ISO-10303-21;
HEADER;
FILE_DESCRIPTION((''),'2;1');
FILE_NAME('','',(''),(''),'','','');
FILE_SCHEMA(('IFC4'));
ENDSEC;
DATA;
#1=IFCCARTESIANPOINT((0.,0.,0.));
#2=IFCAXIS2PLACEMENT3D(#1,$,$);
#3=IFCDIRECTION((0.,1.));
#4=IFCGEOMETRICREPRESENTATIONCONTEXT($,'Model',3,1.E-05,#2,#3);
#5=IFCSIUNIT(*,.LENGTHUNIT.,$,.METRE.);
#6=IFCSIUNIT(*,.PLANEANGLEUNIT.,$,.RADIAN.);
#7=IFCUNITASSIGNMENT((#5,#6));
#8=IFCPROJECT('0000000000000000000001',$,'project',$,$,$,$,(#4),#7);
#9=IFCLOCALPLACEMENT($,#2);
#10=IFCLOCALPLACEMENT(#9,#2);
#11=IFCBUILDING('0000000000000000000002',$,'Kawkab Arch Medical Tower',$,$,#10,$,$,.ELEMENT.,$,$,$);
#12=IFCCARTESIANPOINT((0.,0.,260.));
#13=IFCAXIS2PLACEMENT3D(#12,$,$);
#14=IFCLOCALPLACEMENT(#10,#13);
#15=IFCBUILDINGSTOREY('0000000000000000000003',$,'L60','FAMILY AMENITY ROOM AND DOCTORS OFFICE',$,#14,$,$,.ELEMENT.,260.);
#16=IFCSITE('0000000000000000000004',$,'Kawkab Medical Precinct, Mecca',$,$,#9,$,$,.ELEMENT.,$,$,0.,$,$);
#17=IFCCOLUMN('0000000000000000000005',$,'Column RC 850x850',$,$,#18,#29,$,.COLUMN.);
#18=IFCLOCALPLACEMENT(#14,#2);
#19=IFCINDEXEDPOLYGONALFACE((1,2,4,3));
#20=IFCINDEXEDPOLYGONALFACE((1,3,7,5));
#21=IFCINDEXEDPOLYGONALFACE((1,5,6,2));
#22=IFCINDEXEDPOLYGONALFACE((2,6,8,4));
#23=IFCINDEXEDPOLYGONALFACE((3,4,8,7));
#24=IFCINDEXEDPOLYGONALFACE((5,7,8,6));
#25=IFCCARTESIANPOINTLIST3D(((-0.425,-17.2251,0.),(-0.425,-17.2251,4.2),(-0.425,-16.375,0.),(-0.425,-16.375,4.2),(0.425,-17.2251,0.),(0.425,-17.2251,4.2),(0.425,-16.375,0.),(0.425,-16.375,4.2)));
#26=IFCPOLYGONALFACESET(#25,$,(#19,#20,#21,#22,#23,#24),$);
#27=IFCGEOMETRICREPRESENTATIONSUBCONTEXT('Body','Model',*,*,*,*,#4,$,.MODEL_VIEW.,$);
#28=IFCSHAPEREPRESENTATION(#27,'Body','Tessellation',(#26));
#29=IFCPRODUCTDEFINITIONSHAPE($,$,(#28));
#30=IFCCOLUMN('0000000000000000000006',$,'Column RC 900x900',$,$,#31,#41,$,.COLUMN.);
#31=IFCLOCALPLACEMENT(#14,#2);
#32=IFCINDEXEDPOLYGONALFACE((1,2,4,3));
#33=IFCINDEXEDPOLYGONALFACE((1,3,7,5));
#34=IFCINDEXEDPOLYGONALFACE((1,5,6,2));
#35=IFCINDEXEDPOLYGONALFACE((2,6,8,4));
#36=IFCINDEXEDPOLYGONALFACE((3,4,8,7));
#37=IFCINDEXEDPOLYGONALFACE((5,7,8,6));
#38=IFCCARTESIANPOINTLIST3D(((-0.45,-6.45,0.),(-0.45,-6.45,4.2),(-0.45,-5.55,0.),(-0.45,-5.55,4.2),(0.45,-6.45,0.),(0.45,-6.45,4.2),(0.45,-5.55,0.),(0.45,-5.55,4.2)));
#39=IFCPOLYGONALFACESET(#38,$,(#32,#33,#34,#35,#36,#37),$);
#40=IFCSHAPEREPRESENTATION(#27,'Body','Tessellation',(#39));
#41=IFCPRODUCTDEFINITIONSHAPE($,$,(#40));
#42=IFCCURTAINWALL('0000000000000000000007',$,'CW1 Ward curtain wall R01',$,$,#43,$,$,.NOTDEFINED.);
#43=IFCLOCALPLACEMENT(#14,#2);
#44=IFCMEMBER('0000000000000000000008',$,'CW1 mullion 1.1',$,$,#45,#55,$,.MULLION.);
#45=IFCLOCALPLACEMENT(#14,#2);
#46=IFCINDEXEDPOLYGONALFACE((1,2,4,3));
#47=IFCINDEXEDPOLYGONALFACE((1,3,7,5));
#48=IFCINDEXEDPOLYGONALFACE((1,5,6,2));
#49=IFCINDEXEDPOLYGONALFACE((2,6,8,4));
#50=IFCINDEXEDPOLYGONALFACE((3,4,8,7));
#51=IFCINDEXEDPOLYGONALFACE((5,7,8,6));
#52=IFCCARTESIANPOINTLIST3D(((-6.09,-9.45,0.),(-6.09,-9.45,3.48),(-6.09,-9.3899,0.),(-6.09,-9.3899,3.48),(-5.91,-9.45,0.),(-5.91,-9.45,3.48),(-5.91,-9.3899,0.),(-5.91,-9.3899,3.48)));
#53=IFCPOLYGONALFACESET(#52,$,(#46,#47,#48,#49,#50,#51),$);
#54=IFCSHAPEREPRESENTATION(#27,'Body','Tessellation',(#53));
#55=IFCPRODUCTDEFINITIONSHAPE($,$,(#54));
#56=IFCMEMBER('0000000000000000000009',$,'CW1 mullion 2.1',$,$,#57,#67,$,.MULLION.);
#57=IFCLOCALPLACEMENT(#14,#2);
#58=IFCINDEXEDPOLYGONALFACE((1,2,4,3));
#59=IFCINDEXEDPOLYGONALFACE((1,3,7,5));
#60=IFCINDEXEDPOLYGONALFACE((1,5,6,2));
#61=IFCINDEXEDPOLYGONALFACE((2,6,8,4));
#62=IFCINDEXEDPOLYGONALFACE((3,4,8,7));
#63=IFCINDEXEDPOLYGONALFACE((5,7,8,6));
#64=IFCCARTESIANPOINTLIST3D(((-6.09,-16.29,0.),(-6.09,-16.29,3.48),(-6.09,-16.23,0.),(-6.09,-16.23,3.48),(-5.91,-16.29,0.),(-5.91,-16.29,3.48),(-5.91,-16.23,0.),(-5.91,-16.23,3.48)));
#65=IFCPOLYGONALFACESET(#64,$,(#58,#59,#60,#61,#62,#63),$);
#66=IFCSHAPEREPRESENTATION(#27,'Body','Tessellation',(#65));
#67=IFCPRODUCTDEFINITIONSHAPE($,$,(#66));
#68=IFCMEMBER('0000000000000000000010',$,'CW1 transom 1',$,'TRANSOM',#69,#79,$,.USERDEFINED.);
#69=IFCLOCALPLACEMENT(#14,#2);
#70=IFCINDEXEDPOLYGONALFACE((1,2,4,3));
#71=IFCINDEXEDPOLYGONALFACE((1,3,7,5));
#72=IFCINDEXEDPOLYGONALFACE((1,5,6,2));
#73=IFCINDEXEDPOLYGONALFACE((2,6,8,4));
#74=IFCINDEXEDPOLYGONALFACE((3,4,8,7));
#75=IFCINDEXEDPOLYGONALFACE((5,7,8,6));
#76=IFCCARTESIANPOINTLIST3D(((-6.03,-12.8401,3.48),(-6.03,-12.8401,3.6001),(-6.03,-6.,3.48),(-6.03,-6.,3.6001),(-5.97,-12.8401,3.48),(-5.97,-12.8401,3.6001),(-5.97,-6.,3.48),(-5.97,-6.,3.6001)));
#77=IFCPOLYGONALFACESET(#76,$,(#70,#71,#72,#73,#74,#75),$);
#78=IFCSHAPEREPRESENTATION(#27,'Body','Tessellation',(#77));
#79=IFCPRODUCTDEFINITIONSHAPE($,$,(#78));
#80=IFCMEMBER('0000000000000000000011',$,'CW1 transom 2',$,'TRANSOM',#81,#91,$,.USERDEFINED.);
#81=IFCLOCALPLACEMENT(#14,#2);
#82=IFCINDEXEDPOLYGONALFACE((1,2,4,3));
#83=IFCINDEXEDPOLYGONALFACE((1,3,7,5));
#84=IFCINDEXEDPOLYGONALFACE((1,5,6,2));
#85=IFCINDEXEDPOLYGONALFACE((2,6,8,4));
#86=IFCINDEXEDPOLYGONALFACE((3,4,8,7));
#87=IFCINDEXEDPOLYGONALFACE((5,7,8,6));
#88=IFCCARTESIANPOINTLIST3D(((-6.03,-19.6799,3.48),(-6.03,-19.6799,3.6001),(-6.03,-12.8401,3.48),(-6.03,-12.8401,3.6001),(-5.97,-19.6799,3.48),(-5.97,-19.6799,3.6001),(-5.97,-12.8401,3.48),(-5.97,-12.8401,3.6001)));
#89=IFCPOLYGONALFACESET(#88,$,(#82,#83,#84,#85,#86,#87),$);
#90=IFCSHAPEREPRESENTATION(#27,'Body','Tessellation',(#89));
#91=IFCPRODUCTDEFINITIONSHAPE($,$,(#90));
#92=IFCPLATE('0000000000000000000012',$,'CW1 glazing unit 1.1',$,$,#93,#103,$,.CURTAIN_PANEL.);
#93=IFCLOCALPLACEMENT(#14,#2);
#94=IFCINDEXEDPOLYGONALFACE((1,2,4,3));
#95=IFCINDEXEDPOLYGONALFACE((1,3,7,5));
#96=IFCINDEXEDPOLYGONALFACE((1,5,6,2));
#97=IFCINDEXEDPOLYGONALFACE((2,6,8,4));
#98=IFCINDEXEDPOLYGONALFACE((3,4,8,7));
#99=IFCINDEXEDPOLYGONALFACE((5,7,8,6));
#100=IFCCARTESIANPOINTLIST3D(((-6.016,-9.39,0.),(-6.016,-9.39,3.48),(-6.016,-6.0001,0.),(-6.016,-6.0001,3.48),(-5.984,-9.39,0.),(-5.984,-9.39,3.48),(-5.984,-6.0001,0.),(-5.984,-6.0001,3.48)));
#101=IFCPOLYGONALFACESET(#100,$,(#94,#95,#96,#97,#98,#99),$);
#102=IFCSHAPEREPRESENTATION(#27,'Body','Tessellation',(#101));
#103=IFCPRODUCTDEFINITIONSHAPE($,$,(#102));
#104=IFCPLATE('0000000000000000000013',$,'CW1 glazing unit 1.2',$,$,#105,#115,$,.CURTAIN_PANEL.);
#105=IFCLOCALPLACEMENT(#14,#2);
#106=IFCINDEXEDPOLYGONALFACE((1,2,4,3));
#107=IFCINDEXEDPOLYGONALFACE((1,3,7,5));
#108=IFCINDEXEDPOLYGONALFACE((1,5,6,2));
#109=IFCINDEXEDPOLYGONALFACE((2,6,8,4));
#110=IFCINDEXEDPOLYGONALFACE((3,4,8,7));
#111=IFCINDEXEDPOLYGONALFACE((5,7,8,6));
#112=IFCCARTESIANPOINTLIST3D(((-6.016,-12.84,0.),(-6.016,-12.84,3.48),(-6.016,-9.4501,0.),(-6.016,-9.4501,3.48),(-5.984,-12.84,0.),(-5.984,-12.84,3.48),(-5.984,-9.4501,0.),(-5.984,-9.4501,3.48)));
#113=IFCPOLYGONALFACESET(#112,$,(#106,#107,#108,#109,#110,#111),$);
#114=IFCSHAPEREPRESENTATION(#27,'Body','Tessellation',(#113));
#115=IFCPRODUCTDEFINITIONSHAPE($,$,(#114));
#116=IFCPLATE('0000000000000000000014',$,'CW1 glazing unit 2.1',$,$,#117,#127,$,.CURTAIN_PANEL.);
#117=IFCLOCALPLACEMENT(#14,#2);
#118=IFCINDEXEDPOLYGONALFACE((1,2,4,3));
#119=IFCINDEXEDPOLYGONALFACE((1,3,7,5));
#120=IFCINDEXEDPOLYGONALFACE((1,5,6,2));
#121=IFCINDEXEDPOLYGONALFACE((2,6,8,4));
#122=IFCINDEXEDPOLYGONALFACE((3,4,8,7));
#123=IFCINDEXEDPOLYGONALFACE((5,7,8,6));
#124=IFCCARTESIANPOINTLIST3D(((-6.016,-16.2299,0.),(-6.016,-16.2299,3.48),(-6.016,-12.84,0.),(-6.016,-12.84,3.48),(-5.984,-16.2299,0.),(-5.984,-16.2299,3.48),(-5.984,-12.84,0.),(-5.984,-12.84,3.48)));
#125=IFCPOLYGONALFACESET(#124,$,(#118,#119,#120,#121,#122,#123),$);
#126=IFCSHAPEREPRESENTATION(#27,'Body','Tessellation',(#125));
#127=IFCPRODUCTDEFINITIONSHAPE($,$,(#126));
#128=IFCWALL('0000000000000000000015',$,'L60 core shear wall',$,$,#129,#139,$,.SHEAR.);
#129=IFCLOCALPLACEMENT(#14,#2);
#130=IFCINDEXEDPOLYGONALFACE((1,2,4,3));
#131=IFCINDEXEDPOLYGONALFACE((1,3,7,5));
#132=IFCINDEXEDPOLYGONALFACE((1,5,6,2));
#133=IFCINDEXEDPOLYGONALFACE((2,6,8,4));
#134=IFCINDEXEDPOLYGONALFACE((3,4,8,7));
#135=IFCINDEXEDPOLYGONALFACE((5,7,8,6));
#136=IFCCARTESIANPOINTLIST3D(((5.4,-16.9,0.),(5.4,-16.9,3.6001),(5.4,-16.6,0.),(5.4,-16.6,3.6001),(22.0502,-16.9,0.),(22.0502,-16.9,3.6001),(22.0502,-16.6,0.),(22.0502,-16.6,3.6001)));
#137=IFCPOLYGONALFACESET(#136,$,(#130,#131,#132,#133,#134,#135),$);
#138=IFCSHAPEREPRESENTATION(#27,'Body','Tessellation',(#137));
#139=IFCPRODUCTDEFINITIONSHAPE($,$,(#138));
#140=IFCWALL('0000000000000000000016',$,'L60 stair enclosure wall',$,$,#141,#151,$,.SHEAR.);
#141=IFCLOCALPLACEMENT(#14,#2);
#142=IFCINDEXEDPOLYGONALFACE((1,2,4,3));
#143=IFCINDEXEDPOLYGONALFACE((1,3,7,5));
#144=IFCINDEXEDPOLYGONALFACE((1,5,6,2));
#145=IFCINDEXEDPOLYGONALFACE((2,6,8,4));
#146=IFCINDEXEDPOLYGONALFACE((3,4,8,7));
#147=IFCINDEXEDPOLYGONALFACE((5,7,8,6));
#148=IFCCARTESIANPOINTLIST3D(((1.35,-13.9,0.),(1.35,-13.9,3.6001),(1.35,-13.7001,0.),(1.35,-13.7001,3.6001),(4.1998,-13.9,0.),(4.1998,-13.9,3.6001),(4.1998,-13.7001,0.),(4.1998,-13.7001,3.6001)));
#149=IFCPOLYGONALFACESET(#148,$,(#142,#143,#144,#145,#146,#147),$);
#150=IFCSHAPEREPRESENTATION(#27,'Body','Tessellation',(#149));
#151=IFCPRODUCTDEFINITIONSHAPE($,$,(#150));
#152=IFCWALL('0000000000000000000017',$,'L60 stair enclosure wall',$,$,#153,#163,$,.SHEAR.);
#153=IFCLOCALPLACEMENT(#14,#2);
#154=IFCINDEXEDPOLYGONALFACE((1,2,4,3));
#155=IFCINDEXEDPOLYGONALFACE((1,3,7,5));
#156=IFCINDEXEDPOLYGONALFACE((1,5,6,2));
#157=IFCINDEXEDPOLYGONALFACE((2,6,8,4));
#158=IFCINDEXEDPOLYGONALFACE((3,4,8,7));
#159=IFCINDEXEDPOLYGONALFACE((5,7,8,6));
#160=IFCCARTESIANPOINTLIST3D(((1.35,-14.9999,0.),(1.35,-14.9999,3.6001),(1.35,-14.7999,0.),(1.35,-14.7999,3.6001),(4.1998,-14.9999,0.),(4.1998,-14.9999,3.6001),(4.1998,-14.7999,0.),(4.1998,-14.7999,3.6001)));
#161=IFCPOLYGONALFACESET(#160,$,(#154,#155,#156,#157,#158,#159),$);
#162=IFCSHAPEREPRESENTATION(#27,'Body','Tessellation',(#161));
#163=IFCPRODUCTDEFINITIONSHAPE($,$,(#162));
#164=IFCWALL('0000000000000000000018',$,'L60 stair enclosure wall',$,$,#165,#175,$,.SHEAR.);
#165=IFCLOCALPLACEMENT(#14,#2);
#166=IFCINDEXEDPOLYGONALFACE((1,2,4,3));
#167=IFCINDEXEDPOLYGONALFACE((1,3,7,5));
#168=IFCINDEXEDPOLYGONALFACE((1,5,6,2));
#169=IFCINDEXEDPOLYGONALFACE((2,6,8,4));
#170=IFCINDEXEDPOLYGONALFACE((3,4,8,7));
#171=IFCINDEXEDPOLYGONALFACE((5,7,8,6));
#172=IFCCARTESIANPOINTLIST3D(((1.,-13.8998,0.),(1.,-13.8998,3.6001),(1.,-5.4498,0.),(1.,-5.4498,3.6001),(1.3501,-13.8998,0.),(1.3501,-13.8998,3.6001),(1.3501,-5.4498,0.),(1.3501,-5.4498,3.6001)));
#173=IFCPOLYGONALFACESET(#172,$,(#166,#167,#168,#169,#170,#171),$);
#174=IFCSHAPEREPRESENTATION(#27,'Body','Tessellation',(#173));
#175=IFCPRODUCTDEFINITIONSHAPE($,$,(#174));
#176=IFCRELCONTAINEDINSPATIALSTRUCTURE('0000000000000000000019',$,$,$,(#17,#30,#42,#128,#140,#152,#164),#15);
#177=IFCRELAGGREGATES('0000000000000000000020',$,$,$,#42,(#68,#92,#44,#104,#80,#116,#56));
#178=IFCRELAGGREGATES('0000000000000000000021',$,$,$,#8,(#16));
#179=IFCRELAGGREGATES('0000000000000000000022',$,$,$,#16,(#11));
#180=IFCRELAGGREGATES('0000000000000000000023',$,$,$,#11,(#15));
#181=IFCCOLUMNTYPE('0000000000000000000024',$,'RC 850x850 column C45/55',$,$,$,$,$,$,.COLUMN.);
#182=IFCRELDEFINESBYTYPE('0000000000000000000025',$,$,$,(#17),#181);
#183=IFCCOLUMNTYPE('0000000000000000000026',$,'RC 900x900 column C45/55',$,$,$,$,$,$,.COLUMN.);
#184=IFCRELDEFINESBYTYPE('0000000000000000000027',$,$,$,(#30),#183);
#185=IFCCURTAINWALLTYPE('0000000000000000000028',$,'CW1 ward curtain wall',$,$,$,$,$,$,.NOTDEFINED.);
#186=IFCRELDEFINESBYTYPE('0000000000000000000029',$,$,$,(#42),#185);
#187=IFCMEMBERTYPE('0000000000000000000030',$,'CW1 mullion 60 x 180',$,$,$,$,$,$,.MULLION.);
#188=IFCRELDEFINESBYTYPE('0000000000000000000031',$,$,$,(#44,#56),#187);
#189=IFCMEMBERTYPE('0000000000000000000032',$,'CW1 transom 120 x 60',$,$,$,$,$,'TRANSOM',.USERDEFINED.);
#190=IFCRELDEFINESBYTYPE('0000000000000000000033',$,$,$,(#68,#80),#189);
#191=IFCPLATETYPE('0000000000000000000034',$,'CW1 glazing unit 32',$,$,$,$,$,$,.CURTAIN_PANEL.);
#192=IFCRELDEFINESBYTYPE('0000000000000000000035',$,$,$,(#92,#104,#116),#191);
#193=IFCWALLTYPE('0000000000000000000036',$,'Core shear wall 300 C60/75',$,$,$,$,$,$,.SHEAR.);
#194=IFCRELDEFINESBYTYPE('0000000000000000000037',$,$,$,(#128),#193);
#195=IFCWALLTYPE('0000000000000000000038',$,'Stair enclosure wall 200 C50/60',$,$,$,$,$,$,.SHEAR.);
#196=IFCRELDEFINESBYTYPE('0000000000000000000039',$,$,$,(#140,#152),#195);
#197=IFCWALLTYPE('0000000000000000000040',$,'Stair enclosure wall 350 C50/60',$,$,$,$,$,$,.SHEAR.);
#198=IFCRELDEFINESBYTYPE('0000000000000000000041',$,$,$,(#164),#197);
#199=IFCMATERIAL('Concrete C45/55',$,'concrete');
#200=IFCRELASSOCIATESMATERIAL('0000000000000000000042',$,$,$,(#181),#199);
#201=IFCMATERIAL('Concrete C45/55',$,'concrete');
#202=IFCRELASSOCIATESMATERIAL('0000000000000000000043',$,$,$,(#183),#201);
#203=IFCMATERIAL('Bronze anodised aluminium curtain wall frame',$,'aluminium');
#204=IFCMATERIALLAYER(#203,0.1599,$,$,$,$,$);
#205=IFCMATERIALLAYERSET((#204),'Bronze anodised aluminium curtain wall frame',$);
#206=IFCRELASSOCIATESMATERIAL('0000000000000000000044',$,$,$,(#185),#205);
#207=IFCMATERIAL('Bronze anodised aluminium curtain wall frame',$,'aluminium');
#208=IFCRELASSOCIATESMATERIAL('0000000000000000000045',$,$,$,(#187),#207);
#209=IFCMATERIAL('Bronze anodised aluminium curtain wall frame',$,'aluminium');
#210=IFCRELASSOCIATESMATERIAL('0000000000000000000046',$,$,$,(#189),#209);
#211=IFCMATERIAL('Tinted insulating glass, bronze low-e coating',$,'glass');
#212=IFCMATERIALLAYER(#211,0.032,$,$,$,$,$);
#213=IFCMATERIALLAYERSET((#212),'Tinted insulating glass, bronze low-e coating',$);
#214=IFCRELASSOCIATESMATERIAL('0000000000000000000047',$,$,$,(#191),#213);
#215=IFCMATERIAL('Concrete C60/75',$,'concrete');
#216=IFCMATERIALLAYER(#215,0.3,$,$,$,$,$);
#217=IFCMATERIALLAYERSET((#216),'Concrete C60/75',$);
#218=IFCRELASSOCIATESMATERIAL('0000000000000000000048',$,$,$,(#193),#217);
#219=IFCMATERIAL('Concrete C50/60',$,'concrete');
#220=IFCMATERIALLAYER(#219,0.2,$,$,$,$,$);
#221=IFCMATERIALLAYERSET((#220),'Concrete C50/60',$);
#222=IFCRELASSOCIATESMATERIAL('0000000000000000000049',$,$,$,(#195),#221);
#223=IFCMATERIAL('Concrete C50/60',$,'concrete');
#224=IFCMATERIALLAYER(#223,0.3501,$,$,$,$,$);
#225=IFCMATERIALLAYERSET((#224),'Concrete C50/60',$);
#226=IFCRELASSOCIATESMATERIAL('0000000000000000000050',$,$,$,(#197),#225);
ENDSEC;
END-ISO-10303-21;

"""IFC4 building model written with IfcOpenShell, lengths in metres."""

from ifc_helpers import new_model, si_unit, direction, frame, frame_2d, origin, origin_2d, place, context, subcontext, project, spatial, rectangle, extrude, material, layer, layer_set, material_profile, profile_set, type_object, element, aggregate, save


model = new_model("IFC4")

# Units and contexts
model_context = context("Model", 3, precision=1e-05, world=origin(), true_north=direction((0.0, 1.0)))
body_context = subcontext(model_context, "Body", "Model", "MODEL_VIEW")
ifc_project = project(units=[si_unit("LENGTHUNIT", "METRE"), si_unit("PLANEANGLEUNIT", "RADIAN")], contexts=[model_context])

# Site, building, storey
site_placement = place(None, origin())
site = spatial("IfcSite", under=ifc_project, at=site_placement, Name="Kawkab Medical Precinct, Mecca", CompositionType="ELEMENT", RefElevation=0.0)
building_placement = place(site_placement, origin())
building = spatial("IfcBuilding", under=site, at=building_placement, Name="Kawkab Arch Medical Tower", CompositionType="ELEMENT")
storey_placement = place(building_placement, frame((0.0, 0.0, 260.0)))
storey = spatial("IfcBuildingStorey", under=building, at=storey_placement, Name="L60", Description="FAMILY AMENITY ROOM AND DOCTORS OFFICE", CompositionType="ELEMENT", Elevation=260.0)

# Columns
ifc_material_1 = material(Name="Concrete C45/55", Category="concrete")
ifc_material_profile_1 = material_profile(ifc_material_1, rectangle(XDim=0.8501, YDim=0.8501, at=origin_2d()), Name="RC 850x850")
ifc_profile_set_1 = profile_set([ifc_material_profile_1], Name="Concrete C45/55")
column_type_1 = type_object("IfcColumnType", Name="RC 850x850 column C45/55", PredefinedType="COLUMN", material=ifc_profile_set_1)
column_1_placement = place(storey_placement, frame((0.0, -16.8, 0.0), z_axis=(0.0, 0.0, 1.0), x_axis=(1.0, 0.0, 0.0)))
element("IfcColumn", 1, at=column_1_placement, inside=storey, type_object=column_type_1, Name="Column RC 850x850", PredefinedType="COLUMN", context=body_context, shape_type="SweptSolid", body=[
    extrude(rectangle(XDim=0.8501, YDim=0.8501, at=origin_2d()), origin(), (0.0, 0.0, 1.0), 4.2),
])
ifc_material_2 = material(Name="Concrete C45/55", Category="concrete")
ifc_material_profile_2 = material_profile(ifc_material_2, rectangle(XDim=0.8999, YDim=0.8999, at=origin_2d()), Name="RC 900x900")
ifc_profile_set_2 = profile_set([ifc_material_profile_2], Name="Concrete C45/55")
column_type_2 = type_object("IfcColumnType", Name="RC 900x900 column C45/55", PredefinedType="COLUMN", material=ifc_profile_set_2)
column_2_placement = place(storey_placement, frame((0.0, -6.0, 0.0), z_axis=(0.0, 0.0, 1.0), x_axis=(1.0, 0.0, 0.0)))
element("IfcColumn", 2, at=column_2_placement, inside=storey, type_object=column_type_2, Name="Column RC 900x900", PredefinedType="COLUMN", context=body_context, shape_type="SweptSolid", body=[
    extrude(rectangle(XDim=0.8999, YDim=0.8999, at=origin_2d()), origin(), (0.0, 0.0, 1.0), 4.2),
])

# Curtain wall, members, plates
ifc_material_3 = material(Name="Bronze anodised aluminium curtain wall frame", Category="aluminium")
ifc_layer_1 = layer(ifc_material_3, 0.1599)
ifc_layer_set_1 = layer_set([ifc_layer_1], Name="Bronze anodised aluminium curtain wall frame")
curtain_wall_type = type_object("IfcCurtainWallType", Name="CW1 ward curtain wall", PredefinedType="NOTDEFINED", material=ifc_layer_set_1)
placement = place(storey_placement, origin())
curtain_wall = element("IfcCurtainWall", 3, at=placement, inside=storey, type_object=curtain_wall_type, Name="CW1 Ward curtain wall R01", PredefinedType="NOTDEFINED")
ifc_material_4 = material(Name="Bronze anodised aluminium curtain wall frame", Category="aluminium")
ifc_material_profile_3 = material_profile(ifc_material_4, rectangle(XDim=0.1799, YDim=0.0601, at=origin_2d()), Name="AL 60x180")
ifc_profile_set_3 = profile_set([ifc_material_profile_3], Name="Bronze anodised aluminium curtain wall frame")
member_type_1 = type_object("IfcMemberType", Name="CW1 mullion 60 x 180", PredefinedType="MULLION", material=ifc_profile_set_3)
member_1_placement = place(storey_placement, frame((-6.0, -9.4199, 0.0), z_axis=(0.0, 0.0, 1.0), x_axis=(1.0, 0.0, 0.0)))
member_1 = element("IfcMember", 4, at=member_1_placement, type_object=member_type_1, Name="CW1 mullion 1.1", PredefinedType="MULLION", context=body_context, shape_type="SweptSolid", body=[
    extrude(rectangle(XDim=0.1799, YDim=0.0601, at=origin_2d()), origin(), (0.0, 0.0, 1.0), 3.48),
])
member_2_placement = place(storey_placement, frame((-6.0, -16.26, 0.0), z_axis=(0.0, 0.0, 1.0), x_axis=(1.0, 0.0, 0.0)))
member_2 = element("IfcMember", 5, at=member_2_placement, type_object=member_type_1, Name="CW1 mullion 2.1", PredefinedType="MULLION", context=body_context, shape_type="SweptSolid", body=[
    extrude(rectangle(XDim=0.1799, YDim=0.0601, at=origin_2d()), origin(), (0.0, 0.0, 1.0), 3.48),
])
ifc_material_5 = material(Name="Bronze anodised aluminium curtain wall frame", Category="aluminium")
ifc_material_profile_4 = material_profile(ifc_material_5, rectangle(XDim=0.0601, YDim=0.1201, at=origin_2d()), Name="AL 60x120")
ifc_profile_set_4 = profile_set([ifc_material_profile_4], Name="Bronze anodised aluminium curtain wall frame")
member_type_2 = type_object("IfcMemberType", Name="CW1 transom 120 x 60", ElementType="TRANSOM", PredefinedType="USERDEFINED", material=ifc_profile_set_4)
member_3_placement = place(storey_placement, frame((-6.0, -6.0, 3.54), z_axis=(0.0, -1.0, 0.0), x_axis=(1.0, 0.0, 0.0)))
member_3 = element("IfcMember", 6, at=member_3_placement, type_object=member_type_2, Name="CW1 transom 1", ObjectType="TRANSOM", PredefinedType="USERDEFINED", context=body_context, shape_type="SweptSolid", body=[
    extrude(rectangle(XDim=0.0601, YDim=0.1201, at=origin_2d()), origin(), (0.0, 0.0, 1.0), 6.8401),
])
member_4_placement = place(storey_placement, frame((-6.0, -12.8401, 3.54), z_axis=(0.0, -1.0, 0.0), x_axis=(1.0, 0.0, 0.0)))
member_4 = element("IfcMember", 7, at=member_4_placement, type_object=member_type_2, Name="CW1 transom 2", ObjectType="TRANSOM", PredefinedType="USERDEFINED", context=body_context, shape_type="SweptSolid", body=[
    extrude(rectangle(XDim=0.0601, YDim=0.1201, at=origin_2d()), origin(), (0.0, 0.0, 1.0), 6.8398),
])
ifc_material_6 = material(Name="Tinted insulating glass, bronze low-e coating", Category="glass")
ifc_layer_2 = layer(ifc_material_6, 0.032)
ifc_layer_set_2 = layer_set([ifc_layer_2], Name="Tinted insulating glass, bronze low-e coating")
plate_type = type_object("IfcPlateType", Name="CW1 glazing unit 32", PredefinedType="CURTAIN_PANEL", material=ifc_layer_set_2)
plate_1_placement = place(storey_placement, frame((-6.0, -7.6951, 0.0), z_axis=(0.0, 0.0, 1.0), x_axis=(0.0, -1.0, 0.0)))
plate_1 = element("IfcPlate", 8, at=plate_1_placement, type_object=plate_type, Name="CW1 glazing unit 1.1", PredefinedType="CURTAIN_PANEL", context=body_context, shape_type="SweptSolid", body=[
    extrude(rectangle(XDim=3.3899, YDim=0.032, at=origin_2d()), origin(), (0.0, 0.0, 1.0), 3.48),
])
plate_2_placement = place(storey_placement, frame((-6.0, -11.145, 0.0), z_axis=(0.0, 0.0, 1.0), x_axis=(0.0, -1.0, 0.0)))
plate_2 = element("IfcPlate", 9, at=plate_2_placement, type_object=plate_type, Name="CW1 glazing unit 1.2", PredefinedType="CURTAIN_PANEL", context=body_context, shape_type="SweptSolid", body=[
    extrude(rectangle(XDim=3.3899, YDim=0.032, at=origin_2d()), origin(), (0.0, 0.0, 1.0), 3.48),
])
plate_3_placement = place(storey_placement, frame((-6.0, -14.5349, 0.0), z_axis=(0.0, 0.0, 1.0), x_axis=(0.0, -1.0, 0.0)))
plate_3 = element("IfcPlate", 10, at=plate_3_placement, type_object=plate_type, Name="CW1 glazing unit 2.1", PredefinedType="CURTAIN_PANEL", context=body_context, shape_type="SweptSolid", body=[
    extrude(rectangle(XDim=3.3899, YDim=0.032, at=origin_2d()), origin(), (0.0, 0.0, 1.0), 3.48),
])
aggregate(curtain_wall, [member_3, plate_1, member_1, plate_2, member_4, plate_3, member_2])

# Walls
ifc_material_7 = material(Name="Concrete C60/75", Category="concrete")
ifc_layer_3 = layer(ifc_material_7, 0.3)
ifc_layer_set_3 = layer_set([ifc_layer_3], Name="Concrete C60/75")
wall_type_1 = type_object("IfcWallType", Name="Core shear wall 300 C60/75", PredefinedType="SHEAR", material=ifc_layer_set_3)
wall_1_placement = place(storey_placement, frame((5.3999, -16.75, 0.0), z_axis=(0.0, 0.0, 1.0), x_axis=(1.0, 0.0, 0.0)))
element("IfcWall", 11, at=wall_1_placement, inside=storey, type_object=wall_type_1, Name="L60 core shear wall", PredefinedType="SHEAR", context=body_context, shape_type="SweptSolid", body=[
    extrude(rectangle(XDim=16.6501, YDim=0.3, at=frame_2d((8.3252, 0.0))), origin(), (0.0, 0.0, 1.0), 3.6001),
])
ifc_material_8 = material(Name="Concrete C50/60", Category="concrete")
ifc_layer_4 = layer(ifc_material_8, 0.2)
ifc_layer_set_4 = layer_set([ifc_layer_4], Name="Concrete C50/60")
wall_type_2 = type_object("IfcWallType", Name="Stair enclosure wall 200 C50/60", PredefinedType="SHEAR", material=ifc_layer_set_4)
for number, where, z_axis, x_axis, name in (
    (12, (1.3501, -13.8, 0.0), (0.0, 0.0, 1.0), (1.0, 0.0, 0.0), "L60 stair enclosure wall"),
    (13, (1.3501, -14.8999, 0.0), (0.0, 0.0, 1.0), (1.0, 0.0, 0.0), "L60 stair enclosure wall"),
):
    element("IfcWall", number, at=place(storey_placement, frame(where, z_axis=z_axis, x_axis=x_axis)), inside=storey, type_object=wall_type_2, Name=name, PredefinedType="SHEAR", context=body_context, shape_type="SweptSolid", body=[
        extrude(rectangle(XDim=2.8499, YDim=0.2, at=frame_2d((1.4248, 0.0))), origin(), (0.0, 0.0, 1.0), 3.6001),
    ])
ifc_material_9 = material(Name="Concrete C50/60", Category="concrete")
ifc_layer_5 = layer(ifc_material_9, 0.3501)
ifc_layer_set_5 = layer_set([ifc_layer_5], Name="Concrete C50/60")
wall_type_3 = type_object("IfcWallType", Name="Stair enclosure wall 350 C50/60", PredefinedType="SHEAR", material=ifc_layer_set_5)
wall_2_placement = place(storey_placement, frame((1.175, -13.8999, 0.0), z_axis=(0.0, 0.0, 1.0), x_axis=(0.0, 1.0, 0.0)))
element("IfcWall", 14, at=wall_2_placement, inside=storey, type_object=wall_type_3, Name="L60 stair enclosure wall", PredefinedType="SHEAR", context=body_context, shape_type="SweptSolid", body=[
    extrude(rectangle(XDim=8.45, YDim=0.3501, at=frame_2d((4.2251, 0.0))), origin(), (0.0, 0.0, 1.0), 3.6001),
])

save(model, "model.ifc")
